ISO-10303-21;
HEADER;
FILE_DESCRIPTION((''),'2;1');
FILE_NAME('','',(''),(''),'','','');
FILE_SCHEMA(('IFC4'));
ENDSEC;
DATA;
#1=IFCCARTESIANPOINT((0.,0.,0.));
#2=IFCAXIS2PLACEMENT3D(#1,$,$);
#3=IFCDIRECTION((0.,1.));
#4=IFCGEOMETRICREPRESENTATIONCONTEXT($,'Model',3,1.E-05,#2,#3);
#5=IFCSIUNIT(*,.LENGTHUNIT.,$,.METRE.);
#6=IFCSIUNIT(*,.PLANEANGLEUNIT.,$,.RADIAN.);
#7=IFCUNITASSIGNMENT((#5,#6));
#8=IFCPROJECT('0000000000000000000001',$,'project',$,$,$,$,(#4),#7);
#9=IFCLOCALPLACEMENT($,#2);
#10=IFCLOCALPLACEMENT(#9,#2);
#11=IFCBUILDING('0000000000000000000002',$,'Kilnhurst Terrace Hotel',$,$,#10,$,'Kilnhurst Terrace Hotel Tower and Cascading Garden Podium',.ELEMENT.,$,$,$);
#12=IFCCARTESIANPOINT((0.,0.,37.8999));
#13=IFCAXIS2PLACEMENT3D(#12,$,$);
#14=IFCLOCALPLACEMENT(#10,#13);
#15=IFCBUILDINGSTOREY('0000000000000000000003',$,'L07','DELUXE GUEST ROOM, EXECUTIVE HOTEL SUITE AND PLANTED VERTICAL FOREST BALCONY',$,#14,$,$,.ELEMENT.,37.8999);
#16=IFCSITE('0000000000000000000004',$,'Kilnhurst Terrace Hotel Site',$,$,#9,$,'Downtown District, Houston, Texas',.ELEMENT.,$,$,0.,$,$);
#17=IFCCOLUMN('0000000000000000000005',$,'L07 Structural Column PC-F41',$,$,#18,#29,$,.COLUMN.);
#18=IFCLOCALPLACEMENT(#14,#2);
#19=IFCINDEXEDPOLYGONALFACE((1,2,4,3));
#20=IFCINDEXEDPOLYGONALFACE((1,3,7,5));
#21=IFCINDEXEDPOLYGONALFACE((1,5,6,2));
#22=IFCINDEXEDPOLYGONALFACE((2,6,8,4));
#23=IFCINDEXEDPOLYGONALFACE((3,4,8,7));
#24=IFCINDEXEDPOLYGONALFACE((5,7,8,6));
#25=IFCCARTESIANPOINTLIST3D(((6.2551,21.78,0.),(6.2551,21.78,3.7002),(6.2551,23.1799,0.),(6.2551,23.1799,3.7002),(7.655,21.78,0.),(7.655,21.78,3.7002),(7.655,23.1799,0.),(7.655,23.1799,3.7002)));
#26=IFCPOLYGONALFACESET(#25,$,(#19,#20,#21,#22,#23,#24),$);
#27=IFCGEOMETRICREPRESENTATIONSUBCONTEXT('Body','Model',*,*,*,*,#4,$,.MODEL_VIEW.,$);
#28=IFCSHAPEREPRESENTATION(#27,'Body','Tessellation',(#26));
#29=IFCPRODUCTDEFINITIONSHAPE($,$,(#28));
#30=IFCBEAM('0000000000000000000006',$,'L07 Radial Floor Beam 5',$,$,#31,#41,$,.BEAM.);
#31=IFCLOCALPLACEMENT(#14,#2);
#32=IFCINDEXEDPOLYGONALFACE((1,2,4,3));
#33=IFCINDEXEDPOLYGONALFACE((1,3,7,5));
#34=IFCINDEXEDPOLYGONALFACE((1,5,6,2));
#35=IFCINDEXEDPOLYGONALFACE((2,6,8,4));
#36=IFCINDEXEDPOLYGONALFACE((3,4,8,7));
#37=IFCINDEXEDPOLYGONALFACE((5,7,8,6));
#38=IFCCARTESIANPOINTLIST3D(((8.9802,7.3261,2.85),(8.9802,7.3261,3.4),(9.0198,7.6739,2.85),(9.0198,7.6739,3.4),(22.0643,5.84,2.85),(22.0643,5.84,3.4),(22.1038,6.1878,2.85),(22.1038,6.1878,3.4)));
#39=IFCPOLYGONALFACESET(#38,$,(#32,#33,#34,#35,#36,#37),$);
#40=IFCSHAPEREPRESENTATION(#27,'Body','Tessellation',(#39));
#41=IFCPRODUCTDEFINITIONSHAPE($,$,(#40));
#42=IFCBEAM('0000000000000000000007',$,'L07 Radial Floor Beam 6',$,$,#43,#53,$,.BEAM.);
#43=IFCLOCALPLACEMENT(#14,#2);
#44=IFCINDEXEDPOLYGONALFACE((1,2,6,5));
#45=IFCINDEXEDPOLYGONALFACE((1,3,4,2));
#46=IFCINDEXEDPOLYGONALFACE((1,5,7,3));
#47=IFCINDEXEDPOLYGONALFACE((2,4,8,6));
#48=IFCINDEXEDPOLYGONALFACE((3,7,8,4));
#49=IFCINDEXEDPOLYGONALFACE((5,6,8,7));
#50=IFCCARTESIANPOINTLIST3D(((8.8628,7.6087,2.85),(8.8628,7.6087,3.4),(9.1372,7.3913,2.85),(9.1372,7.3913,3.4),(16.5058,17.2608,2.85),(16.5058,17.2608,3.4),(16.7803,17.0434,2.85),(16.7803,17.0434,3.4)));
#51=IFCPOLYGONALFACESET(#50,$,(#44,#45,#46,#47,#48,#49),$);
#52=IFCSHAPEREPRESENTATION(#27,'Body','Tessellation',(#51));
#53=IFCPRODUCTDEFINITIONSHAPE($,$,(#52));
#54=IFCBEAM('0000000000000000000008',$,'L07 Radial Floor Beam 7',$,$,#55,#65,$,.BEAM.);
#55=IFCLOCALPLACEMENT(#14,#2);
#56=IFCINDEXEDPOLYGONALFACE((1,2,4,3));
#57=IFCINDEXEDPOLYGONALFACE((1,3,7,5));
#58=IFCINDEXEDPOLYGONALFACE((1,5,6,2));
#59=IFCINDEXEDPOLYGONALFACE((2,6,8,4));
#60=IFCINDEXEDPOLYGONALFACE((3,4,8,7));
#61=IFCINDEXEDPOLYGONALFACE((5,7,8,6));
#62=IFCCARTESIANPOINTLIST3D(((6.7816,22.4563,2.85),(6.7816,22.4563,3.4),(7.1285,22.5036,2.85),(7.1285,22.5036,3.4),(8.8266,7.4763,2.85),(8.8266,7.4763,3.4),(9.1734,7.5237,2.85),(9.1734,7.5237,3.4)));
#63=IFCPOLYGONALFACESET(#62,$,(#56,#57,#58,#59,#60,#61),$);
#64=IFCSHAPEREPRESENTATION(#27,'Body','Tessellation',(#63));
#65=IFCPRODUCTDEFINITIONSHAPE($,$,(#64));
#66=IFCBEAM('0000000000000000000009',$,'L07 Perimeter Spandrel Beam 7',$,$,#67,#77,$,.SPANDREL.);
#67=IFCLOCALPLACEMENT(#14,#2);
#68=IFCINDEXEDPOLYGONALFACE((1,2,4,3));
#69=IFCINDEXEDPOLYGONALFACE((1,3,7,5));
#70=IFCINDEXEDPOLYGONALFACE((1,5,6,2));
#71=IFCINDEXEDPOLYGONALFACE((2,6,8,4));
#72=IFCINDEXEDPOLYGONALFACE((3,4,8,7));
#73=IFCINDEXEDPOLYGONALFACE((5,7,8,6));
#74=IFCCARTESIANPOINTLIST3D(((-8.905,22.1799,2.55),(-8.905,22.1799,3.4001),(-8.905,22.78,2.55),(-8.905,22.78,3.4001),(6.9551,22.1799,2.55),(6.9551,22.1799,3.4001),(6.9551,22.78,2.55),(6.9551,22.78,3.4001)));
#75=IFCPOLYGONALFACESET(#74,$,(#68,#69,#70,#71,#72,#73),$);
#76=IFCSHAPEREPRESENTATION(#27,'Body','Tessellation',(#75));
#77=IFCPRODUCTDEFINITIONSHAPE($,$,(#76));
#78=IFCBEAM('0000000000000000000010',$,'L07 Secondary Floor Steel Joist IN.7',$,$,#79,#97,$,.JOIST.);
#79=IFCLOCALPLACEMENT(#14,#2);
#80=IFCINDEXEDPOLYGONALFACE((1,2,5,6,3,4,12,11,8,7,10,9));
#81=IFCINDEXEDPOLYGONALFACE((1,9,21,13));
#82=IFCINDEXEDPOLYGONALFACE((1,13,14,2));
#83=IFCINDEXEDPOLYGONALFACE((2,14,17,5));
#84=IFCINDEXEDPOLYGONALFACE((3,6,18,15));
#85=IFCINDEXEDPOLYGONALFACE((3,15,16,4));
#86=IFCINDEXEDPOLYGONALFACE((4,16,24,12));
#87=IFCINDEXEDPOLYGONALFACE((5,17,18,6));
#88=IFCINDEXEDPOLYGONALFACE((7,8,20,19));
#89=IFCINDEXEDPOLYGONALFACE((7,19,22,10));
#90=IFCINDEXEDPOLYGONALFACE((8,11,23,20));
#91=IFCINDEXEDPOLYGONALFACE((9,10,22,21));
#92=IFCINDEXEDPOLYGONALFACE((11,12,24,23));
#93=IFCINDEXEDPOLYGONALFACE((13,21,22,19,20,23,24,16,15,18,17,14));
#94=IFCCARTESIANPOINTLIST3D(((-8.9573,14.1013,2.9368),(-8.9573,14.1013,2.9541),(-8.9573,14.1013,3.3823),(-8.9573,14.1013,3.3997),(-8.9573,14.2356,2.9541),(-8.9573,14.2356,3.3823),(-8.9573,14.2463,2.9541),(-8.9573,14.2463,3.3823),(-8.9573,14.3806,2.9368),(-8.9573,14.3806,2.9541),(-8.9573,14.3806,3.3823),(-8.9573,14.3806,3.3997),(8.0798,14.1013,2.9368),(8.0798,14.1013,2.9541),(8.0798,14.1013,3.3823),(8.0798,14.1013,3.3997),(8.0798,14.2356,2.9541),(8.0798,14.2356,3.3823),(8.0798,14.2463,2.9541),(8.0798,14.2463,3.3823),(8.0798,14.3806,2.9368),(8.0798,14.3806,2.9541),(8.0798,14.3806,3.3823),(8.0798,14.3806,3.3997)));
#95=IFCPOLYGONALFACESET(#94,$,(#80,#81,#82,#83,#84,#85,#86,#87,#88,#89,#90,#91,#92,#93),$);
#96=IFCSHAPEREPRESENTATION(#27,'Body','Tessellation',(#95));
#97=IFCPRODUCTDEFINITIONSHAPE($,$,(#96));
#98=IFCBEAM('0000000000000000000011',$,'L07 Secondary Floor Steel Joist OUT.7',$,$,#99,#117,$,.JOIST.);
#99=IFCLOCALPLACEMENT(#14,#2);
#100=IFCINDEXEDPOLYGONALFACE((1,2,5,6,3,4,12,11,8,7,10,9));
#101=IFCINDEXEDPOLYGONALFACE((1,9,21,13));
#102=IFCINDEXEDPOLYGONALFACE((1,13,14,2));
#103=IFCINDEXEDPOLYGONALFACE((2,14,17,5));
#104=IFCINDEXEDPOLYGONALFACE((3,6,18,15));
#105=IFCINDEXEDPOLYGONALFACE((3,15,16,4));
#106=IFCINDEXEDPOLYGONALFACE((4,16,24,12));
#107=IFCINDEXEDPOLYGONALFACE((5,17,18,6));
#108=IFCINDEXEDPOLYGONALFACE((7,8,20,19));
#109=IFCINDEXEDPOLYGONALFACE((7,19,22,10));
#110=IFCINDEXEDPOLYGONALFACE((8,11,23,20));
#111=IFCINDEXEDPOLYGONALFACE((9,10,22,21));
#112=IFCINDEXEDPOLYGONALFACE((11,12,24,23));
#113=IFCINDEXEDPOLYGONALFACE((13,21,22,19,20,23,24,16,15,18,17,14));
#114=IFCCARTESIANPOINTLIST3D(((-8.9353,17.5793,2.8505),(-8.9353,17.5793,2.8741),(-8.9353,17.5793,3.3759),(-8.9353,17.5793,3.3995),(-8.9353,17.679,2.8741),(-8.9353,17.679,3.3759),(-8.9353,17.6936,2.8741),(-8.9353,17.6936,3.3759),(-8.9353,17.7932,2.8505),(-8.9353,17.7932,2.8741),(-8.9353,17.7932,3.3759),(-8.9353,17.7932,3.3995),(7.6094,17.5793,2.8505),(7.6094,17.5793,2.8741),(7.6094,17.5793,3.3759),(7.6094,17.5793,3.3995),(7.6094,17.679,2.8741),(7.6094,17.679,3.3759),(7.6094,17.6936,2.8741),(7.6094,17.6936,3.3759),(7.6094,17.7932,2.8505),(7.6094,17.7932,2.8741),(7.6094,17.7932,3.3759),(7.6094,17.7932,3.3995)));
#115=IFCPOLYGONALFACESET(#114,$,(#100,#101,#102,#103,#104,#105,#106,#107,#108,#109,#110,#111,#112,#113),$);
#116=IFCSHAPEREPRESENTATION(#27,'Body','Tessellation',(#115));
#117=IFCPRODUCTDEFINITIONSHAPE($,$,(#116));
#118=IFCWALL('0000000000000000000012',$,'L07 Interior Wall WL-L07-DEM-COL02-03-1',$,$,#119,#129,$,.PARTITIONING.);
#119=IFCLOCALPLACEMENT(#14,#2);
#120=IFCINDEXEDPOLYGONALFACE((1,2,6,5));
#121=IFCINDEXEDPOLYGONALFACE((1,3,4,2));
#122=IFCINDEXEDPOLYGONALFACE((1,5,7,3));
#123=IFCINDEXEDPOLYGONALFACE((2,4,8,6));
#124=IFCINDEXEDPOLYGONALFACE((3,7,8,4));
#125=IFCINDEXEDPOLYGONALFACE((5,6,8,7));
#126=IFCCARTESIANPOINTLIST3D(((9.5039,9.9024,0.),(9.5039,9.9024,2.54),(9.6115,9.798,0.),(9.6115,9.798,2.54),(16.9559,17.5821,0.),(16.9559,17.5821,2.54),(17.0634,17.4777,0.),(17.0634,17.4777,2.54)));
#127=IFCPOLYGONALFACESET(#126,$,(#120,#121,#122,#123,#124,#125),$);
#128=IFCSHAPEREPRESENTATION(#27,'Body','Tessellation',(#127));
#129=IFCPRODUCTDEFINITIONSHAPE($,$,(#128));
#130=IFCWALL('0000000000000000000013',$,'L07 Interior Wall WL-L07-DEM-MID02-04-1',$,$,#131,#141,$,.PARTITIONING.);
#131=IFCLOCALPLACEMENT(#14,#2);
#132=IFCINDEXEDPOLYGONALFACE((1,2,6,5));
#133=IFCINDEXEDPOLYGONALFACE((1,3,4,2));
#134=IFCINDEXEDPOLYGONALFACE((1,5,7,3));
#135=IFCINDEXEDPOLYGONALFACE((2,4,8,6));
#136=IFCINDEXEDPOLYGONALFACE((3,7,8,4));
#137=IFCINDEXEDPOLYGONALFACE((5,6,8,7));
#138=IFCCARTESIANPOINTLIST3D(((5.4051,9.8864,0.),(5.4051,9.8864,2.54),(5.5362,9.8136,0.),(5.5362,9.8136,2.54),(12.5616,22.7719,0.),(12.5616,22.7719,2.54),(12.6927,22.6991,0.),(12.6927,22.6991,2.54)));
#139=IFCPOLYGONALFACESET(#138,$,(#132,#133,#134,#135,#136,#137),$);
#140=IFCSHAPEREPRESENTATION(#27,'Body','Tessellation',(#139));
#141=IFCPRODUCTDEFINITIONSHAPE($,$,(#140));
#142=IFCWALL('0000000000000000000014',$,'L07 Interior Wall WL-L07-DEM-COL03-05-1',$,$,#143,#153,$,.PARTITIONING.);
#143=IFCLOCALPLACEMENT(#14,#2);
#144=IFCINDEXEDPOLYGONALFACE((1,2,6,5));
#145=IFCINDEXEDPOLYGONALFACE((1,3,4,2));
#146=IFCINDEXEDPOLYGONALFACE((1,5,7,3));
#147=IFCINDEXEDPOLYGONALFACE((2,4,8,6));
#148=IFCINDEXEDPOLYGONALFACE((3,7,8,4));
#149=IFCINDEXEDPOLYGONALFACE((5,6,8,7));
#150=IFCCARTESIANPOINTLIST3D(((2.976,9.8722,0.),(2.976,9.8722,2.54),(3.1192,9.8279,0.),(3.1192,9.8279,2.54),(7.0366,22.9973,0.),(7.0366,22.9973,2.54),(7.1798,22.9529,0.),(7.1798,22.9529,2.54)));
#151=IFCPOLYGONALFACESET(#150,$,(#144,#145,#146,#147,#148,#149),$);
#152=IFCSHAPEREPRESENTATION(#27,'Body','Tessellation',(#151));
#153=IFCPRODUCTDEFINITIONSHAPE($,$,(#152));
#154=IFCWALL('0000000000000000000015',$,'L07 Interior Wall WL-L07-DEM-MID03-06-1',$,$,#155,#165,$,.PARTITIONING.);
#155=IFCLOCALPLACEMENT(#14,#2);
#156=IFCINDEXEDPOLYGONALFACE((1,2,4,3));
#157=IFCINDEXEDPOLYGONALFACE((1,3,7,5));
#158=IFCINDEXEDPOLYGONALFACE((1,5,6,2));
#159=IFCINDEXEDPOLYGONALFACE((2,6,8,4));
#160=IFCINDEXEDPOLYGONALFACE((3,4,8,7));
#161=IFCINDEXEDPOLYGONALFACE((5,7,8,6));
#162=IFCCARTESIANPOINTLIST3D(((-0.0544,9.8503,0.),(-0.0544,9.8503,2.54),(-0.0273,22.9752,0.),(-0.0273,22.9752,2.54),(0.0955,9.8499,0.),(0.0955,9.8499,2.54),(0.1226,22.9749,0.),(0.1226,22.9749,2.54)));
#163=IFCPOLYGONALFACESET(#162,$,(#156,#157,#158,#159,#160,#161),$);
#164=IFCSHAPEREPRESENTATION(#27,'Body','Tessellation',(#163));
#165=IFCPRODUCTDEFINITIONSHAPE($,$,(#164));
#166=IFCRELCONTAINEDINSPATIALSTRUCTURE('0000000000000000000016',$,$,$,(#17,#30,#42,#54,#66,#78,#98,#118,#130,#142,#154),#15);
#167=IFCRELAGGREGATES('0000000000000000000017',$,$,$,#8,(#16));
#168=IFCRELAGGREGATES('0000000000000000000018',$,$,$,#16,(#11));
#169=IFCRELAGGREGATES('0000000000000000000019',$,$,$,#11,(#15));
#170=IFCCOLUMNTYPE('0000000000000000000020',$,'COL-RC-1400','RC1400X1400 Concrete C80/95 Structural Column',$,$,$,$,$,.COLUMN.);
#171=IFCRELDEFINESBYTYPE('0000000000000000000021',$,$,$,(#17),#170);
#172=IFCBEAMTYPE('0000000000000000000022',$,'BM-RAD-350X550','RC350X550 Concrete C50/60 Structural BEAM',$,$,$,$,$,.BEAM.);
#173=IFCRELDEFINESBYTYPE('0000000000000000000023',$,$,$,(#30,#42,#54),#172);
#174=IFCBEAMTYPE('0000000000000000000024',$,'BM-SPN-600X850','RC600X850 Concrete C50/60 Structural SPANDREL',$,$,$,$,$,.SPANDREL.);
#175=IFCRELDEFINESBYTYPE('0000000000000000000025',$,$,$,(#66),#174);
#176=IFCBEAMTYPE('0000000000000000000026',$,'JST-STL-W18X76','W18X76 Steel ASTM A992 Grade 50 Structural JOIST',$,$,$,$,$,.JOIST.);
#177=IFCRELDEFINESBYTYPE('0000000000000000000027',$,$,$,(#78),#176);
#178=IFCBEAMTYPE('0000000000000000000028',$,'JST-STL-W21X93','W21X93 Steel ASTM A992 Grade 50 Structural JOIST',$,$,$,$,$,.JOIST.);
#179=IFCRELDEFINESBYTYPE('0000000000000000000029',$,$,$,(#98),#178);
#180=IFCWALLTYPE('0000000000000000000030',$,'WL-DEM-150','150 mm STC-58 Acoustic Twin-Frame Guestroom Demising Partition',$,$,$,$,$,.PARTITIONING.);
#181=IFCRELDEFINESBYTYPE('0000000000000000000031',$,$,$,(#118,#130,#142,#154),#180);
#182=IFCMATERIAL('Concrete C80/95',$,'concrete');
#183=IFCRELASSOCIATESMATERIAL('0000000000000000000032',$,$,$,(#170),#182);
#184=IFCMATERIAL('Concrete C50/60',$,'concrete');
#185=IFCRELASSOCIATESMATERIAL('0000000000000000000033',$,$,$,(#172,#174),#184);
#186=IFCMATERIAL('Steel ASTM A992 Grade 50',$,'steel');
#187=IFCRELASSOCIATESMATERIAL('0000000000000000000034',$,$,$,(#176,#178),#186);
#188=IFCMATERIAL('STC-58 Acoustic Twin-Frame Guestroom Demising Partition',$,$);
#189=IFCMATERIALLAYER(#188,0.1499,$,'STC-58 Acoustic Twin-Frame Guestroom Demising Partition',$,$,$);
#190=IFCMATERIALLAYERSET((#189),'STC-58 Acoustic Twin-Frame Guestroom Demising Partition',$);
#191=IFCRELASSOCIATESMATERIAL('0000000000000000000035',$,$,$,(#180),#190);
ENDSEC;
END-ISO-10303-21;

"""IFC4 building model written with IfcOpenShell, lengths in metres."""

from ifc_helpers import new_model, si_unit, direction, frame, frame_2d, origin, origin_2d, place, context, subcontext, project, spatial, rectangle, i_section, extrude, material, layer, layer_set, material_profile, profile_set, type_object, element, save


model = new_model("IFC4")

# Units and contexts
model_context = context("Model", 3, precision=1e-05, world=origin(), true_north=direction((0.0, 1.0)))
body_context = subcontext(model_context, "Body", "Model", "MODEL_VIEW")
ifc_project = project(units=[si_unit("LENGTHUNIT", "METRE"), si_unit("PLANEANGLEUNIT", "RADIAN")], contexts=[model_context])

# Site, building, storey
site_placement = place(None, origin())
site = spatial("IfcSite", under=ifc_project, at=site_placement, Name="Kilnhurst Terrace Hotel Site", LongName="Downtown District, Houston, Texas", CompositionType="ELEMENT", RefElevation=0.0)
building_placement = place(site_placement, origin())
building = spatial("IfcBuilding", under=site, at=building_placement, Name="Kilnhurst Terrace Hotel", LongName="Kilnhurst Terrace Hotel Tower and Cascading Garden Podium", CompositionType="ELEMENT")
storey_placement = place(building_placement, frame((0.0, 0.0, 37.8999)))
storey = spatial("IfcBuildingStorey", under=building, at=storey_placement, Name="L07", Description="DELUXE GUEST ROOM, EXECUTIVE HOTEL SUITE AND PLANTED VERTICAL FOREST BALCONY", CompositionType="ELEMENT", Elevation=37.8999)

# Column
ifc_material_1 = material(Name="Concrete C80/95", Category="concrete")
ifc_material_profile_1 = material_profile(ifc_material_1, rectangle(XDim=1.3999, YDim=1.3999, at=origin_2d()), Name="RC1400X1400")
ifc_profile_set_1 = profile_set([ifc_material_profile_1], Name="Concrete C80/95")
column_type = type_object("IfcColumnType", Name="COL-RC-1400", Description="RC1400X1400 Concrete C80/95 Structural Column", PredefinedType="COLUMN", material=ifc_profile_set_1)
column_placement = place(storey_placement, frame((6.9551, 22.48, 0.0), z_axis=(0.0, 0.0, 1.0), x_axis=(1.0, 0.0, 0.0)))
element("IfcColumn", 1, at=column_placement, inside=storey, type_object=column_type, Name="L07 Structural Column PC-F41", PredefinedType="COLUMN", context=body_context, shape_type="SweptSolid", body=[
    extrude(rectangle(XDim=1.3999, YDim=1.3999, at=origin_2d()), origin(), (0.0, 0.0, 1.0), 3.7002),
])

# Beams
ifc_material_2 = material(Name="Concrete C50/60", Category="concrete")
ifc_material_profile_2 = material_profile(ifc_material_2, rectangle(XDim=0.3501, YDim=0.55, at=origin_2d()), Name="RC350X550")
ifc_profile_set_2 = profile_set([ifc_material_profile_2], Name="Concrete C50/60")
beam_type_1 = type_object("IfcBeamType", Name="BM-RAD-350X550", Description="RC350X550 Concrete C50/60 Structural BEAM", PredefinedType="BEAM", material=ifc_profile_set_2)
beam_1_placement = place(storey_placement, frame((9.0, 7.5, 3.125), z_axis=(0.993611, -0.112855, 0.0), x_axis=(0.112855, 0.993611, 0.0)))
element("IfcBeam", 2, at=beam_1_placement, inside=storey, type_object=beam_type_1, Name="L07 Radial Floor Beam 5", PredefinedType="BEAM", context=body_context, shape_type="SweptSolid", body=[
    extrude(rectangle(XDim=0.3501, YDim=0.55, at=origin_2d()), origin(), (0.0, 0.0, 1.0), 13.1682),
])
beam_2_placement = place(storey_placement, frame((9.0, 7.5, 3.125), z_axis=(0.620794, 0.783974, 0.0), x_axis=(-0.783974, 0.620794, 0.0)))
element("IfcBeam", 3, at=beam_2_placement, inside=storey, type_object=beam_type_1, Name="L07 Radial Floor Beam 6", PredefinedType="BEAM", context=body_context, shape_type="SweptSolid", body=[
    extrude(rectangle(XDim=0.3501, YDim=0.55, at=origin_2d()), origin(), (0.0, 0.0, 1.0), 12.3118),
])
beam_3_placement = place(storey_placement, frame((9.0, 7.5, 3.125), z_axis=(-0.135256, 0.990811, 0.0), x_axis=(-0.990811, -0.135256, 0.0)))
element("IfcBeam", 4, at=beam_3_placement, inside=storey, type_object=beam_type_1, Name="L07 Radial Floor Beam 7", PredefinedType="BEAM", context=body_context, shape_type="SweptSolid", body=[
    extrude(rectangle(XDim=0.3501, YDim=0.55, at=origin_2d()), origin(), (0.0, 0.0, 1.0), 15.1189),
])
ifc_material_profile_3 = material_profile(ifc_material_2, rectangle(XDim=0.6001, YDim=0.8501, at=origin_2d()), Name="RC600X850")
ifc_profile_set_3 = profile_set([ifc_material_profile_3], Name="Concrete C50/60")
beam_type_2 = type_object("IfcBeamType", Name="BM-SPN-600X850", Description="RC600X850 Concrete C50/60 Structural SPANDREL", PredefinedType="SPANDREL", material=ifc_profile_set_3)
beam_4_placement = place(storey_placement, frame((6.9551, 22.48, 2.9751), z_axis=(-1.0, 0.0, 0.0), x_axis=(0.0, -1.0, 0.0)))
element("IfcBeam", 5, at=beam_4_placement, inside=storey, type_object=beam_type_2, Name="L07 Perimeter Spandrel Beam 7", PredefinedType="SPANDREL", context=body_context, shape_type="SweptSolid", body=[
    extrude(rectangle(XDim=0.6001, YDim=0.8501, at=origin_2d()), origin(), (0.0, 0.0, 1.0), 15.8601),
])
ifc_material_3 = material(Name="Steel ASTM A992 Grade 50", Category="steel")
ifc_material_profile_4 = material_profile(ifc_material_3, i_section(OverallWidth=0.2793, OverallDepth=0.4629, WebThickness=0.0107, FlangeThickness=0.0173, at=origin_2d()), Name="W18X76")
ifc_profile_set_4 = profile_set([ifc_material_profile_4], Name="Steel ASTM A992 Grade 50")
beam_type_3 = type_object("IfcBeamType", Name="JST-STL-W18X76", Description="W18X76 Steel ASTM A992 Grade 50 Structural JOIST", PredefinedType="JOIST", material=ifc_profile_set_4)
beam_5_placement = place(storey_placement, frame((8.0798, 14.241, 3.1682), z_axis=(-1.0, 0.0, 0.0), x_axis=(0.0, -1.0, 0.0)))
element("IfcBeam", 6, at=beam_5_placement, inside=storey, type_object=beam_type_3, Name="L07 Secondary Floor Steel Joist IN.7", PredefinedType="JOIST", context=body_context, shape_type="SweptSolid", body=[
    extrude(i_section(OverallWidth=0.2793, OverallDepth=0.4629, WebThickness=0.0107, FlangeThickness=0.0173, at=origin_2d()), origin(), (0.0, 0.0, 1.0), 17.0371),
])
ifc_material_profile_5 = material_profile(ifc_material_3, i_section(OverallWidth=0.2139, OverallDepth=0.5491, WebThickness=0.0146, FlangeThickness=0.0237, at=origin_2d()), Name="W21X93")
ifc_profile_set_5 = profile_set([ifc_material_profile_5], Name="Steel ASTM A992 Grade 50")
beam_type_4 = type_object("IfcBeamType", Name="JST-STL-W21X93", Description="W21X93 Steel ASTM A992 Grade 50 Structural JOIST", PredefinedType="JOIST", material=ifc_profile_set_5)
beam_6_placement = place(storey_placement, frame((7.6094, 17.6863, 3.125), z_axis=(-1.0, 0.0, 0.0), x_axis=(0.0, -1.0, 0.0)))
element("IfcBeam", 7, at=beam_6_placement, inside=storey, type_object=beam_type_4, Name="L07 Secondary Floor Steel Joist OUT.7", PredefinedType="JOIST", context=body_context, shape_type="SweptSolid", body=[
    extrude(i_section(OverallWidth=0.2139, OverallDepth=0.5491, WebThickness=0.0146, FlangeThickness=0.0237, at=origin_2d()), origin(), (0.0, 0.0, 1.0), 16.5447),
])

# Walls
ifc_material_4 = material(Name="STC-58 Acoustic Twin-Frame Guestroom Demising Partition")
ifc_layer_1 = layer(ifc_material_4, 0.1499, Name="STC-58 Acoustic Twin-Frame Guestroom Demising Partition")
ifc_layer_set_1 = layer_set([ifc_layer_1], Name="STC-58 Acoustic Twin-Frame Guestroom Demising Partition")
wall_type_1 = type_object("IfcWallType", Name="WL-DEM-150", Description="150 mm STC-58 Acoustic Twin-Frame Guestroom Demising Partition", PredefinedType="PARTITIONING", material=ifc_layer_set_1)
wall_1_placement = place(storey_placement, frame((9.5576, 9.8501, 0.0), z_axis=(0.0, 0.0, 1.0), x_axis=(0.696383, 0.71767, 0.0)))
element("IfcWall", 8, at=wall_1_placement, inside=storey, type_object=wall_type_1, Name="L07 Interior Wall WL-L07-DEM-COL02-03-1", PredefinedType="PARTITIONING", context=body_context, shape_type="SweptSolid", body=[
    extrude(rectangle(XDim=10.7009, YDim=0.1499, at=frame_2d((5.3506, 0.0))), origin(), (0.0, 0.0, 1.0), 2.54),
])
wall_2_placement = place(storey_placement, frame((5.4707, 9.8501, 0.0), z_axis=(0.0, 0.0, 1.0), x_axis=(0.485533, 0.874218, 0.0)))
element("IfcWall", 9, at=wall_2_placement, inside=storey, type_object=wall_type_1, Name="L07 Interior Wall WL-L07-DEM-MID02-04-1", PredefinedType="PARTITIONING", context=body_context, shape_type="SweptSolid", body=[
    extrude(rectangle(XDim=14.7395, YDim=0.1499, at=frame_2d((7.3696, 0.0))), origin(), (0.0, 0.0, 1.0), 2.54),
])
wall_3_placement = place(storey_placement, frame((3.0476, 9.8501, 0.0), z_axis=(0.0, 0.0, 1.0), x_axis=(0.295554, 0.955326, 0.0)))
element("IfcWall", 10, at=wall_3_placement, inside=storey, type_object=wall_type_1, Name="L07 Interior Wall WL-L07-DEM-COL03-05-1", PredefinedType="PARTITIONING", context=body_context, shape_type="SweptSolid", body=[
    extrude(rectangle(XDim=13.7388, YDim=0.1499, at=frame_2d((6.8694, 0.0))), origin(), (0.0, 0.0, 1.0), 2.54),
])
wall_4_placement = place(storey_placement, frame((0.0205, 9.8501, 0.0), z_axis=(0.0, 0.0, 1.0), x_axis=(0.002065, 0.999998, 0.0)))
element("IfcWall", 11, at=wall_4_placement, inside=storey, type_object=wall_type_1, Name="L07 Interior Wall WL-L07-DEM-MID03-06-1", PredefinedType="PARTITIONING", context=body_context, shape_type="SweptSolid", body=[
    extrude(rectangle(XDim=13.125, YDim=0.1499, at=frame_2d((6.5625, 0.0))), origin(), (0.0, 0.0, 1.0), 2.54),
])

save(model, "model.ifc")
